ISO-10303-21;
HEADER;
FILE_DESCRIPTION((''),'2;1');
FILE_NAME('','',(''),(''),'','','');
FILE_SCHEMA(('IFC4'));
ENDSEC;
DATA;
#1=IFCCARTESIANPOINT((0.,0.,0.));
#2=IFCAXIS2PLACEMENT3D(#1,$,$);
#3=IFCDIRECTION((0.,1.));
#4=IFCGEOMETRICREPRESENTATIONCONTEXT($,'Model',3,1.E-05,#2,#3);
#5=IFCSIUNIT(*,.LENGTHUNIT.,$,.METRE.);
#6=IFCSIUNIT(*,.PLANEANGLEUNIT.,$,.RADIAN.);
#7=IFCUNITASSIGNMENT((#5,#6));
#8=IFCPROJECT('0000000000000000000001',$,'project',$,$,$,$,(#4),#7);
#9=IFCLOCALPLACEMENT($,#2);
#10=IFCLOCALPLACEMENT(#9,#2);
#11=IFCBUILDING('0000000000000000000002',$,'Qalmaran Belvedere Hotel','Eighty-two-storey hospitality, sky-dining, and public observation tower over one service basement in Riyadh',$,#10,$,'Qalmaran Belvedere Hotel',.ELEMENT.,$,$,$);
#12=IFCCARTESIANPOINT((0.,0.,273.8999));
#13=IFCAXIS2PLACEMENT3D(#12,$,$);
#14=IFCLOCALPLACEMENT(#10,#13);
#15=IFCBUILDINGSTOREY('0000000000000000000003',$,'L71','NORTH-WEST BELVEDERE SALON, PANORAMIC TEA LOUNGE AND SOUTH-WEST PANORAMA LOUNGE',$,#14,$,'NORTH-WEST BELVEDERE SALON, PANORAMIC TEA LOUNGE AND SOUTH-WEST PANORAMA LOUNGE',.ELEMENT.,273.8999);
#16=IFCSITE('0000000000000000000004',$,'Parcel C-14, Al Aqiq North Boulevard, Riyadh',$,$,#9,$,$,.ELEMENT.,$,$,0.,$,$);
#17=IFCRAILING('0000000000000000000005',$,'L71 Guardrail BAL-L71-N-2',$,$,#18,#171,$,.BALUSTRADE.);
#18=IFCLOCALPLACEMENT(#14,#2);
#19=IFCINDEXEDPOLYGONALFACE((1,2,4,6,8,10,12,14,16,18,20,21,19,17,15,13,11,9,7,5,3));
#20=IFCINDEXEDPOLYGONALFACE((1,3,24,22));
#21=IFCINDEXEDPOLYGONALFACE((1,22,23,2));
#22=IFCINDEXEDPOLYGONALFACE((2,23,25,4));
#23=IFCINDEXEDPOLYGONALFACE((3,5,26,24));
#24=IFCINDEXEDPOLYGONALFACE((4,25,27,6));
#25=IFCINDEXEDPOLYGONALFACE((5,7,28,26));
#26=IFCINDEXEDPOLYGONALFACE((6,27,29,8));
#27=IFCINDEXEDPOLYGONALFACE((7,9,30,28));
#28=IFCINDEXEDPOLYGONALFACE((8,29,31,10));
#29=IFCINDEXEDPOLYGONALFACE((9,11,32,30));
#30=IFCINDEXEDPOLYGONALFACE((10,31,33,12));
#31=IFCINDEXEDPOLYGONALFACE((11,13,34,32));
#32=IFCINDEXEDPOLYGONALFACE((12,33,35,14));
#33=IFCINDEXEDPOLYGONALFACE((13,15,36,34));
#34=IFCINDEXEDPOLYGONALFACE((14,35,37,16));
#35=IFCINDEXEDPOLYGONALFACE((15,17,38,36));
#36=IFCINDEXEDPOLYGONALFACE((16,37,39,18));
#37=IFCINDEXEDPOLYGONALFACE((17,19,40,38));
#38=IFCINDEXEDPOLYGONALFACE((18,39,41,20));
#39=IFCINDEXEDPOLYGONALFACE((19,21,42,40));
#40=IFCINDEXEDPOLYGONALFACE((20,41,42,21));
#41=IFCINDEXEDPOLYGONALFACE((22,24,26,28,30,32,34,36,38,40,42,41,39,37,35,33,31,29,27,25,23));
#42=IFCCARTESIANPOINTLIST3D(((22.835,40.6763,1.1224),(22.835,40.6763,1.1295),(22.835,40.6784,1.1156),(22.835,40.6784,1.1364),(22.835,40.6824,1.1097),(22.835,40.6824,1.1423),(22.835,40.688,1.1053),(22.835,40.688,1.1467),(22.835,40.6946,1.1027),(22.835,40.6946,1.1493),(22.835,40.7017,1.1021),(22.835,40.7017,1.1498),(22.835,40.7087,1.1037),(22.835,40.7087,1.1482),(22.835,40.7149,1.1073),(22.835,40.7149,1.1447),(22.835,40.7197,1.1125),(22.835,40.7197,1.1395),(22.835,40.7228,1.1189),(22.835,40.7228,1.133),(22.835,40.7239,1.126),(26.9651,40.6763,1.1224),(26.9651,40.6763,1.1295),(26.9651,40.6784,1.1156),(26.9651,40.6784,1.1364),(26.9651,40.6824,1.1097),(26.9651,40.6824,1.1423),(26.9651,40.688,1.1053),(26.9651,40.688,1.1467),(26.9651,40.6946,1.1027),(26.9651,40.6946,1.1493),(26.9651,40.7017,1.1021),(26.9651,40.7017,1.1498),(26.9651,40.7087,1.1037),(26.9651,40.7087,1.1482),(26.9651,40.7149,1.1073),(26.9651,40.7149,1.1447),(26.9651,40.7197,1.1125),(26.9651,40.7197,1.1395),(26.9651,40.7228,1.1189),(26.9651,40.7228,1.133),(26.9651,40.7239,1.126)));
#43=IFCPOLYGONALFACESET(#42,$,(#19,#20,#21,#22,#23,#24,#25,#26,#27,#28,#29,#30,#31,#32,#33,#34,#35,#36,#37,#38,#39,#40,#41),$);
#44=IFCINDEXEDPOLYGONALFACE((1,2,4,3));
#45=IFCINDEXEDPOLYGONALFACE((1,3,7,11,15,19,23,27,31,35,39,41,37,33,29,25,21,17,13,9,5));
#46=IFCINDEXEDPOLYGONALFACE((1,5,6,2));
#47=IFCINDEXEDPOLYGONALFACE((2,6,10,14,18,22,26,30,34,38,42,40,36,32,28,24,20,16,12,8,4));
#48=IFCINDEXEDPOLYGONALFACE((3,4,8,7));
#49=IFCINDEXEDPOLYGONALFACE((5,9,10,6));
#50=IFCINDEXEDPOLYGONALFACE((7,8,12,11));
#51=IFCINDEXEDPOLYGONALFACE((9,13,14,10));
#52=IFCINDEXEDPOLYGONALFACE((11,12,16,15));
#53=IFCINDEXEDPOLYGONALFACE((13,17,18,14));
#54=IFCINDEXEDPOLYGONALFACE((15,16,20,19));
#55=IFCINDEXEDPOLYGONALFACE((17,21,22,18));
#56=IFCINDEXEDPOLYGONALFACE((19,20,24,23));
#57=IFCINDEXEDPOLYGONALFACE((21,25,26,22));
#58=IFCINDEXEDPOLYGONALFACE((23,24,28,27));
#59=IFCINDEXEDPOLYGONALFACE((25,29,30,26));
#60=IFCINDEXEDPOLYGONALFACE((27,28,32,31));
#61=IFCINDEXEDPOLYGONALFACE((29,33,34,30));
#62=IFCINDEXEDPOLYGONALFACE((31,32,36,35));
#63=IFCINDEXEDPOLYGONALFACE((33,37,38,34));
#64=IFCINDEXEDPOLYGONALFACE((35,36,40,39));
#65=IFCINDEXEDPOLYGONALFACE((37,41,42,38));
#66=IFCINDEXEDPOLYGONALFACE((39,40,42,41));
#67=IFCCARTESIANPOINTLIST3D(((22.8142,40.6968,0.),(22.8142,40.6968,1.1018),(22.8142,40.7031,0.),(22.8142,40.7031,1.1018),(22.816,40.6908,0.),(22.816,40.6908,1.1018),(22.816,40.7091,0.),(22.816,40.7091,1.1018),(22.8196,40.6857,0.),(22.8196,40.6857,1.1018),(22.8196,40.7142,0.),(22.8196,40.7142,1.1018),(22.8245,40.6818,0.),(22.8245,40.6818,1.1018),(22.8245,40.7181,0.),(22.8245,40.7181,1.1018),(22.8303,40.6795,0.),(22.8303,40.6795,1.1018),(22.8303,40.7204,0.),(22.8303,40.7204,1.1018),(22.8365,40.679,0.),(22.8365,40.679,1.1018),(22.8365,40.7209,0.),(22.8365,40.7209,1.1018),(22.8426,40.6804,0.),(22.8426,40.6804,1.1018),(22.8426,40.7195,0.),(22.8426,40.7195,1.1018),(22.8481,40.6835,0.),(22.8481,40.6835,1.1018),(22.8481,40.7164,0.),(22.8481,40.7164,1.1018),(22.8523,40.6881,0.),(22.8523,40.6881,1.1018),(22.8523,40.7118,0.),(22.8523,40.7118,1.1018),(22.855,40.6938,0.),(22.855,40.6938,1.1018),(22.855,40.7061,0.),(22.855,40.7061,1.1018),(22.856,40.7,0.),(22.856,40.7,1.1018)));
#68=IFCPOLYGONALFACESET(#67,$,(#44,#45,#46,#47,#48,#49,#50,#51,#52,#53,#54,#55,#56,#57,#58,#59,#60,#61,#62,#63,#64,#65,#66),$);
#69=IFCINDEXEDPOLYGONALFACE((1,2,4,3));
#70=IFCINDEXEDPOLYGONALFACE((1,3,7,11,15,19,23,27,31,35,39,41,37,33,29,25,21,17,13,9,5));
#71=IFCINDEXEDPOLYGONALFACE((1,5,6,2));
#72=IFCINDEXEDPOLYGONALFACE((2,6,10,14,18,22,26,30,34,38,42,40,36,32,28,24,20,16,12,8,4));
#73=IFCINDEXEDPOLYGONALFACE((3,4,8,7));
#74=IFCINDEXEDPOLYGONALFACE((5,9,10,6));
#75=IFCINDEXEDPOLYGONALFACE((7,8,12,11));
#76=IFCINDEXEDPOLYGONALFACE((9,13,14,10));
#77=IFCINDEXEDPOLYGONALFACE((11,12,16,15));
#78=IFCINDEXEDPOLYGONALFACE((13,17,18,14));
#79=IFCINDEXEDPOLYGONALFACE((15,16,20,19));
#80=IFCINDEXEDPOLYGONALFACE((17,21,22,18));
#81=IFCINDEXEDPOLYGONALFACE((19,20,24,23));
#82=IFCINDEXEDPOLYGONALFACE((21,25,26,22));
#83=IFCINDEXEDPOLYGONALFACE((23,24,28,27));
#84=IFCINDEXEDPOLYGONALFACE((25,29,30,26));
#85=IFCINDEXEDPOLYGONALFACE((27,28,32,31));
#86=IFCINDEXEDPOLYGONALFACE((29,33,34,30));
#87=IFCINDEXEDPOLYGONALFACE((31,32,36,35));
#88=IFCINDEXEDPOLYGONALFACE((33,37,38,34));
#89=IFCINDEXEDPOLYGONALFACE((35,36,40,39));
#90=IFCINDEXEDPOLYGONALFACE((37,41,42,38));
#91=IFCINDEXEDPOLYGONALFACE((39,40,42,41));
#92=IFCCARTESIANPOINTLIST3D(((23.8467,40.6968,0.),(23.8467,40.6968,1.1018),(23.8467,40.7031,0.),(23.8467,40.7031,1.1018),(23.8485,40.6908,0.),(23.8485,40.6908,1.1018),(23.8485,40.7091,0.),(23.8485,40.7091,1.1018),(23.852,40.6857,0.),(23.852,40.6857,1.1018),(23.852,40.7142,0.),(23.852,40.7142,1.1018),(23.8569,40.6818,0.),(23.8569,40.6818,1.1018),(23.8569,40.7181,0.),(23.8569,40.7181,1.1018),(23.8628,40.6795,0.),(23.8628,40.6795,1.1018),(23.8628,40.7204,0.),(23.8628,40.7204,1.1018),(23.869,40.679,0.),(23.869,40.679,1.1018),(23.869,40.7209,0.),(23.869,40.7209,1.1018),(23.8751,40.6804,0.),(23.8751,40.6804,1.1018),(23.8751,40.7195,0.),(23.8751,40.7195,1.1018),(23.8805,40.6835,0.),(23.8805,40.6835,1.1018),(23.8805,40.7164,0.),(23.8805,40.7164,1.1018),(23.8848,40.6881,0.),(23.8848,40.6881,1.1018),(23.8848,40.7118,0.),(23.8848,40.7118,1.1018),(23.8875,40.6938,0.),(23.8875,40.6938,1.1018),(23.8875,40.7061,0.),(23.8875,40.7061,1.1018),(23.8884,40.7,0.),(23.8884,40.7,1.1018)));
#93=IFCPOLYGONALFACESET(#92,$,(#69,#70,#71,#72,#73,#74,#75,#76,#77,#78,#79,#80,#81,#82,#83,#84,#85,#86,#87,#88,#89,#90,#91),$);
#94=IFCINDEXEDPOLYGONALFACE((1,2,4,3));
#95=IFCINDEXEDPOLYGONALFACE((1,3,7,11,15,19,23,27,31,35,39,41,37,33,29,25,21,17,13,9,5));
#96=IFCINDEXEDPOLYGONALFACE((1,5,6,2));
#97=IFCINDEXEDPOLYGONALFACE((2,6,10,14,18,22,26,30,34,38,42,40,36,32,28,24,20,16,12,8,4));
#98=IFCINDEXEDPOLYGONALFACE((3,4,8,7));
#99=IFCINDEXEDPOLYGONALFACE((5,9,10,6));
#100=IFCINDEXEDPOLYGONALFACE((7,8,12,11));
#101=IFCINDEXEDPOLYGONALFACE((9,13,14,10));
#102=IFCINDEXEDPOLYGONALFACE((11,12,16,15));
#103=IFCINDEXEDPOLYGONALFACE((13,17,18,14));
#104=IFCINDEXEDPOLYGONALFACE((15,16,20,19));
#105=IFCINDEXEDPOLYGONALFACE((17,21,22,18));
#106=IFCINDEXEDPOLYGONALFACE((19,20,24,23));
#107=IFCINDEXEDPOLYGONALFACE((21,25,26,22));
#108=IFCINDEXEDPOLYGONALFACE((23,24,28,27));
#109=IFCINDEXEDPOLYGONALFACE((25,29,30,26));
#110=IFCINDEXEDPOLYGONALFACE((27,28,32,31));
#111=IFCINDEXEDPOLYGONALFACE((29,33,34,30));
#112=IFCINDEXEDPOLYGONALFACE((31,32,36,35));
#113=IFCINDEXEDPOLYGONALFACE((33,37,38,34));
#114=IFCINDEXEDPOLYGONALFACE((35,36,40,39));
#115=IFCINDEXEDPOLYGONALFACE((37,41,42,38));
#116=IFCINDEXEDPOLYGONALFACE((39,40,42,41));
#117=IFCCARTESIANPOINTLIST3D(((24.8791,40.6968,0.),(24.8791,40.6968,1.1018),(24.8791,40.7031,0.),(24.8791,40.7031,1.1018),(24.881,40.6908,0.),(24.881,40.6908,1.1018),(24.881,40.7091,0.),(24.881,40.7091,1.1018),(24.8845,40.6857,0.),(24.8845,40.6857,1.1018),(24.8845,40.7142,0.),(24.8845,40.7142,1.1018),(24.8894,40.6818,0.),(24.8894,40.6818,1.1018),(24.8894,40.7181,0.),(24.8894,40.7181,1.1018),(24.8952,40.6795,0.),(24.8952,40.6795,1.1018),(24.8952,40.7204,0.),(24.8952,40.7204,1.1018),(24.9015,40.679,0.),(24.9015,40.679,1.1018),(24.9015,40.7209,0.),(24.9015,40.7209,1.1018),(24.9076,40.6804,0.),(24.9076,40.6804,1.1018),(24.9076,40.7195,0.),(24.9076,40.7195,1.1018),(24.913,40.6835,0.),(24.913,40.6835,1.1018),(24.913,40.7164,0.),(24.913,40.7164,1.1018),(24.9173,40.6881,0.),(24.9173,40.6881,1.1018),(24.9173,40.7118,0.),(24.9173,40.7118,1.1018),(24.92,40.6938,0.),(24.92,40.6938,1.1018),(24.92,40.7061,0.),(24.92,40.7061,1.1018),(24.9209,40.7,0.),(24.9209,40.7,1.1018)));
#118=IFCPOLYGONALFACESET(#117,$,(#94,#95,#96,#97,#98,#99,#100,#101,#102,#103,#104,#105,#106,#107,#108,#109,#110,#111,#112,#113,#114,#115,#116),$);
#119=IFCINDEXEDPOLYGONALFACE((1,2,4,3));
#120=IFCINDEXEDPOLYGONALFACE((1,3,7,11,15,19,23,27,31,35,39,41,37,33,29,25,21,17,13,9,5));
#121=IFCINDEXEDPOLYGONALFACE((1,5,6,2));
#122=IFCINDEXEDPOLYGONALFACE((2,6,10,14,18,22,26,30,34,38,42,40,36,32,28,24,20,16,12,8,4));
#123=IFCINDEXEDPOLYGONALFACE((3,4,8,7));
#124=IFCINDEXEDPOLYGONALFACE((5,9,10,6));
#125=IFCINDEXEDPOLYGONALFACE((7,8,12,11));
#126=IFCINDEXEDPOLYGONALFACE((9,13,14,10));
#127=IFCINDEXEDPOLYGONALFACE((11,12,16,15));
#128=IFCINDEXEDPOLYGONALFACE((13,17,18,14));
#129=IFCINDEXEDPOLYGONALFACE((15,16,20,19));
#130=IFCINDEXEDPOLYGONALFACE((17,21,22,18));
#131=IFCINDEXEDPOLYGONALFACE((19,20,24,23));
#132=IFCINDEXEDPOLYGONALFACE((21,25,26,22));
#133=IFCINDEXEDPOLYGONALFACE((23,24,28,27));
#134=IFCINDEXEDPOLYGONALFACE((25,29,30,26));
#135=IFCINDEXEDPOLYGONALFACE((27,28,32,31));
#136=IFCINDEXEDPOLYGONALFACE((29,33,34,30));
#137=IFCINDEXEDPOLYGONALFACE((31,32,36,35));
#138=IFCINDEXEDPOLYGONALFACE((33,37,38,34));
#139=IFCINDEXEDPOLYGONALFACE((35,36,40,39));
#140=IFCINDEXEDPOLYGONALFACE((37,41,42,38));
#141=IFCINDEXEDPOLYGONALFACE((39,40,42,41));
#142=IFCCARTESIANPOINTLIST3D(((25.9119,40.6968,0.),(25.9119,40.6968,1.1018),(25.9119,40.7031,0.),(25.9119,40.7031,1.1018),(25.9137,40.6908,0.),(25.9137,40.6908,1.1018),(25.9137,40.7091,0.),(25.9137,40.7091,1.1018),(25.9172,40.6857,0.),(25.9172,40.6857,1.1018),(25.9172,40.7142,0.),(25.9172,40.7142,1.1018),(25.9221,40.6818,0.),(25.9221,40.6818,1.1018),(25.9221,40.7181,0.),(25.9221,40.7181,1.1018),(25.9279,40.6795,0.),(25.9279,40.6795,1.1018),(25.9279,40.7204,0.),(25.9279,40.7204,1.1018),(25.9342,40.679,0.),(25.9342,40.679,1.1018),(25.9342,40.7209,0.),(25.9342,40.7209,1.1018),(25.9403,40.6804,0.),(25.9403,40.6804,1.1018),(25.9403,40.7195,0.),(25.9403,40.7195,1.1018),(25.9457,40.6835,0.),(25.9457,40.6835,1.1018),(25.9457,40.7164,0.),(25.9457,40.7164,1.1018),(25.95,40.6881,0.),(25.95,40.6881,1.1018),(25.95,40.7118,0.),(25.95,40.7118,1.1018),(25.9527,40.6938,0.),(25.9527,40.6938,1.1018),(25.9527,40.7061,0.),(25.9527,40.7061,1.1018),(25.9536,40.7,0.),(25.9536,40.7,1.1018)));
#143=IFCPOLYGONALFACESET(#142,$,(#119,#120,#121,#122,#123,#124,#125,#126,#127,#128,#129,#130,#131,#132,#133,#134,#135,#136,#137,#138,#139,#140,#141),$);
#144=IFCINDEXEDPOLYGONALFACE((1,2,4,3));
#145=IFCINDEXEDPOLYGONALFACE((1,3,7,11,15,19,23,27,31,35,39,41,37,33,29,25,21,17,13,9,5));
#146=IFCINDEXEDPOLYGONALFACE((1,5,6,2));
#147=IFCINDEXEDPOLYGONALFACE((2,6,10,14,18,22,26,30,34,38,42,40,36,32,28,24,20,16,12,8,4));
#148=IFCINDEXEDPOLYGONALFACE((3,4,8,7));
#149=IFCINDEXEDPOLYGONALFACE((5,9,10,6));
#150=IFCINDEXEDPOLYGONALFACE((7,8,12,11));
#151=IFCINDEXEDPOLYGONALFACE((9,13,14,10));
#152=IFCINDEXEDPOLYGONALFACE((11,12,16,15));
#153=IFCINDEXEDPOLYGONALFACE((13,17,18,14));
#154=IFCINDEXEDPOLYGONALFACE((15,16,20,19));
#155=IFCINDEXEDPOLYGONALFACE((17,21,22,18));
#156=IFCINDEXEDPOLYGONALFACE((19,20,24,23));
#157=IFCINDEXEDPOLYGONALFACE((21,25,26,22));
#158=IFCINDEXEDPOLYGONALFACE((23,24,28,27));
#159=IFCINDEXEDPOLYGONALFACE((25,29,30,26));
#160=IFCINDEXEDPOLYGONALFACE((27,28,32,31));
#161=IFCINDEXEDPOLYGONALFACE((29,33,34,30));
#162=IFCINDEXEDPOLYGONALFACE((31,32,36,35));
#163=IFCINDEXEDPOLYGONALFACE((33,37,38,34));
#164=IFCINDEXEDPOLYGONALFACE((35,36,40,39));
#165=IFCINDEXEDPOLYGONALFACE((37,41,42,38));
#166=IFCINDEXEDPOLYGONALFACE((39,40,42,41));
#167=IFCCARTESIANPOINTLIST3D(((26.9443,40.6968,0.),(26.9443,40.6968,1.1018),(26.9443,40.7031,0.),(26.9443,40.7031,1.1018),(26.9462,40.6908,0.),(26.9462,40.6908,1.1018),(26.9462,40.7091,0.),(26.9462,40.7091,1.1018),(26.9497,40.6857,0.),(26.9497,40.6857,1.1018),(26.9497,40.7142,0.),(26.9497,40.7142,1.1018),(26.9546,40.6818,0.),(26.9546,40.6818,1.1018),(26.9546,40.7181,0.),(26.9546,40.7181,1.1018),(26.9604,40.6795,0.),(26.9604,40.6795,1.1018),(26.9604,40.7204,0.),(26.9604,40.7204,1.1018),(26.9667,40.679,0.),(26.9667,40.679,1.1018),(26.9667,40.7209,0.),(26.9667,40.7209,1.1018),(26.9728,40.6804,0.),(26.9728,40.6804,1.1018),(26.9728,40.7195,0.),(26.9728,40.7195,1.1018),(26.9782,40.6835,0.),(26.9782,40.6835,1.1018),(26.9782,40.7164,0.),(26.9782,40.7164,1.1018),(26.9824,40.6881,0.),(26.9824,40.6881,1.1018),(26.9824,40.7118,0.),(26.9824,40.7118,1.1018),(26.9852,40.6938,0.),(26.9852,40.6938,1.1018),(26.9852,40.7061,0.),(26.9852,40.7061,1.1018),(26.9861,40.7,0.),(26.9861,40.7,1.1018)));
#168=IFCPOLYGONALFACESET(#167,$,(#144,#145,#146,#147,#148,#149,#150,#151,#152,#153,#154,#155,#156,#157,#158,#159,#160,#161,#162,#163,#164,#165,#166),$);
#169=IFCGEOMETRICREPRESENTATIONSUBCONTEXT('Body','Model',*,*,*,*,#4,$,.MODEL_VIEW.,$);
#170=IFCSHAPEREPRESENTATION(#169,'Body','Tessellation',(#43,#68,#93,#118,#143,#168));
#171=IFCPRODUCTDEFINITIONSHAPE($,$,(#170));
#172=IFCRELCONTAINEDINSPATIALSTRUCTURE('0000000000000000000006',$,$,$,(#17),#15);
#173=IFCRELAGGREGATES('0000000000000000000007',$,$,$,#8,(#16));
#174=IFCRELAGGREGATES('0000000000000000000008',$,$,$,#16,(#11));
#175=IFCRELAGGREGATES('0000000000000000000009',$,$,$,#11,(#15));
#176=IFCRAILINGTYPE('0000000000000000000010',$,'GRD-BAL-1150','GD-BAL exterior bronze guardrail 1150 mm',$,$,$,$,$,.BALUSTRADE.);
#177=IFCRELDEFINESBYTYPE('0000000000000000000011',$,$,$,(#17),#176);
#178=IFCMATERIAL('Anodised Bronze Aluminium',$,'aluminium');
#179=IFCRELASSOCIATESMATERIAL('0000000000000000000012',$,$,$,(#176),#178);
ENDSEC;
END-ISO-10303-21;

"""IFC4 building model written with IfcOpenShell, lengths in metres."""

from ifc_helpers import new_model, si_unit, direction, frame, origin, origin_2d, place, context, subcontext, project, spatial, circle, extrude, material, type_object, element, save


model = new_model("IFC4")

# Units and contexts
model_context = context("Model", 3, precision=1e-05, world=origin(), true_north=direction((0.0, 1.0)))
body_context = subcontext(model_context, "Body", "Model", "MODEL_VIEW")
ifc_project = project(units=[si_unit("LENGTHUNIT", "METRE"), si_unit("PLANEANGLEUNIT", "RADIAN")], contexts=[model_context])

# Site, building, storey
site_placement = place(None, origin())
site = spatial("IfcSite", under=ifc_project, at=site_placement, Name="Parcel C-14, Al Aqiq North Boulevard, Riyadh", CompositionType="ELEMENT", RefElevation=0.0)
building_placement = place(site_placement, origin())
building = spatial("IfcBuilding", under=site, at=building_placement, Name="Qalmaran Belvedere Hotel", Description="Eighty-two-storey hospitality, sky-dining, and public observation tower over one service basement in Riyadh", LongName="Qalmaran Belvedere Hotel", CompositionType="ELEMENT")
storey_placement = place(building_placement, frame((0.0, 0.0, 273.8999)))
storey = spatial("IfcBuildingStorey", under=building, at=storey_placement, Name="L71", Description="NORTH-WEST BELVEDERE SALON, PANORAMIC TEA LOUNGE AND SOUTH-WEST PANORAMA LOUNGE", LongName="NORTH-WEST BELVEDERE SALON, PANORAMIC TEA LOUNGE AND SOUTH-WEST PANORAMA LOUNGE", CompositionType="ELEMENT", Elevation=273.8999)

# Shared definitions
ifc_material_1 = material(Name="Anodised Bronze Aluminium", Category="aluminium")

# Railing
railing_type = type_object("IfcRailingType", Name="GRD-BAL-1150", Description="GD-BAL exterior bronze guardrail 1150 mm", PredefinedType="BALUSTRADE", material=ifc_material_1)
railing_1_placement = place(storey_placement, frame((22.835, 40.7, 0.0)))
element("IfcRailing", 1, at=railing_1_placement, inside=storey, type_object=railing_type, Name="L71 Guardrail BAL-L71-N-2", PredefinedType="BALUSTRADE", context=body_context, shape_type="SweptSolid", body=[
    extrude(circle(Radius=0.0239, at=origin_2d()), frame((0.0, 0.0, 1.126), z_axis=(1.0, 0.0, 0.0), x_axis=(0.0, 1.0, 0.0)), (0.0, 0.0, 1.0), 4.1301),
    extrude(circle(Radius=0.021, at=origin_2d()), origin(), (0.0, 0.0, 1.0), 1.1018),
    extrude(circle(Radius=0.021, at=origin_2d()), frame((1.0325, 0.0, 0.0)), (0.0, 0.0, 1.0), 1.1018),
    extrude(circle(Radius=0.021, at=origin_2d()), frame((2.0649, 0.0, 0.0)), (0.0, 0.0, 1.0), 1.1018),
    extrude(circle(Radius=0.021, at=origin_2d()), frame((3.0977, 0.0, 0.0)), (0.0, 0.0, 1.0), 1.1018),
    extrude(circle(Radius=0.021, at=origin_2d()), frame((4.1301, 0.0, 0.0)), (0.0, 0.0, 1.0), 1.1018),
])

save(model, "model.ifc")
